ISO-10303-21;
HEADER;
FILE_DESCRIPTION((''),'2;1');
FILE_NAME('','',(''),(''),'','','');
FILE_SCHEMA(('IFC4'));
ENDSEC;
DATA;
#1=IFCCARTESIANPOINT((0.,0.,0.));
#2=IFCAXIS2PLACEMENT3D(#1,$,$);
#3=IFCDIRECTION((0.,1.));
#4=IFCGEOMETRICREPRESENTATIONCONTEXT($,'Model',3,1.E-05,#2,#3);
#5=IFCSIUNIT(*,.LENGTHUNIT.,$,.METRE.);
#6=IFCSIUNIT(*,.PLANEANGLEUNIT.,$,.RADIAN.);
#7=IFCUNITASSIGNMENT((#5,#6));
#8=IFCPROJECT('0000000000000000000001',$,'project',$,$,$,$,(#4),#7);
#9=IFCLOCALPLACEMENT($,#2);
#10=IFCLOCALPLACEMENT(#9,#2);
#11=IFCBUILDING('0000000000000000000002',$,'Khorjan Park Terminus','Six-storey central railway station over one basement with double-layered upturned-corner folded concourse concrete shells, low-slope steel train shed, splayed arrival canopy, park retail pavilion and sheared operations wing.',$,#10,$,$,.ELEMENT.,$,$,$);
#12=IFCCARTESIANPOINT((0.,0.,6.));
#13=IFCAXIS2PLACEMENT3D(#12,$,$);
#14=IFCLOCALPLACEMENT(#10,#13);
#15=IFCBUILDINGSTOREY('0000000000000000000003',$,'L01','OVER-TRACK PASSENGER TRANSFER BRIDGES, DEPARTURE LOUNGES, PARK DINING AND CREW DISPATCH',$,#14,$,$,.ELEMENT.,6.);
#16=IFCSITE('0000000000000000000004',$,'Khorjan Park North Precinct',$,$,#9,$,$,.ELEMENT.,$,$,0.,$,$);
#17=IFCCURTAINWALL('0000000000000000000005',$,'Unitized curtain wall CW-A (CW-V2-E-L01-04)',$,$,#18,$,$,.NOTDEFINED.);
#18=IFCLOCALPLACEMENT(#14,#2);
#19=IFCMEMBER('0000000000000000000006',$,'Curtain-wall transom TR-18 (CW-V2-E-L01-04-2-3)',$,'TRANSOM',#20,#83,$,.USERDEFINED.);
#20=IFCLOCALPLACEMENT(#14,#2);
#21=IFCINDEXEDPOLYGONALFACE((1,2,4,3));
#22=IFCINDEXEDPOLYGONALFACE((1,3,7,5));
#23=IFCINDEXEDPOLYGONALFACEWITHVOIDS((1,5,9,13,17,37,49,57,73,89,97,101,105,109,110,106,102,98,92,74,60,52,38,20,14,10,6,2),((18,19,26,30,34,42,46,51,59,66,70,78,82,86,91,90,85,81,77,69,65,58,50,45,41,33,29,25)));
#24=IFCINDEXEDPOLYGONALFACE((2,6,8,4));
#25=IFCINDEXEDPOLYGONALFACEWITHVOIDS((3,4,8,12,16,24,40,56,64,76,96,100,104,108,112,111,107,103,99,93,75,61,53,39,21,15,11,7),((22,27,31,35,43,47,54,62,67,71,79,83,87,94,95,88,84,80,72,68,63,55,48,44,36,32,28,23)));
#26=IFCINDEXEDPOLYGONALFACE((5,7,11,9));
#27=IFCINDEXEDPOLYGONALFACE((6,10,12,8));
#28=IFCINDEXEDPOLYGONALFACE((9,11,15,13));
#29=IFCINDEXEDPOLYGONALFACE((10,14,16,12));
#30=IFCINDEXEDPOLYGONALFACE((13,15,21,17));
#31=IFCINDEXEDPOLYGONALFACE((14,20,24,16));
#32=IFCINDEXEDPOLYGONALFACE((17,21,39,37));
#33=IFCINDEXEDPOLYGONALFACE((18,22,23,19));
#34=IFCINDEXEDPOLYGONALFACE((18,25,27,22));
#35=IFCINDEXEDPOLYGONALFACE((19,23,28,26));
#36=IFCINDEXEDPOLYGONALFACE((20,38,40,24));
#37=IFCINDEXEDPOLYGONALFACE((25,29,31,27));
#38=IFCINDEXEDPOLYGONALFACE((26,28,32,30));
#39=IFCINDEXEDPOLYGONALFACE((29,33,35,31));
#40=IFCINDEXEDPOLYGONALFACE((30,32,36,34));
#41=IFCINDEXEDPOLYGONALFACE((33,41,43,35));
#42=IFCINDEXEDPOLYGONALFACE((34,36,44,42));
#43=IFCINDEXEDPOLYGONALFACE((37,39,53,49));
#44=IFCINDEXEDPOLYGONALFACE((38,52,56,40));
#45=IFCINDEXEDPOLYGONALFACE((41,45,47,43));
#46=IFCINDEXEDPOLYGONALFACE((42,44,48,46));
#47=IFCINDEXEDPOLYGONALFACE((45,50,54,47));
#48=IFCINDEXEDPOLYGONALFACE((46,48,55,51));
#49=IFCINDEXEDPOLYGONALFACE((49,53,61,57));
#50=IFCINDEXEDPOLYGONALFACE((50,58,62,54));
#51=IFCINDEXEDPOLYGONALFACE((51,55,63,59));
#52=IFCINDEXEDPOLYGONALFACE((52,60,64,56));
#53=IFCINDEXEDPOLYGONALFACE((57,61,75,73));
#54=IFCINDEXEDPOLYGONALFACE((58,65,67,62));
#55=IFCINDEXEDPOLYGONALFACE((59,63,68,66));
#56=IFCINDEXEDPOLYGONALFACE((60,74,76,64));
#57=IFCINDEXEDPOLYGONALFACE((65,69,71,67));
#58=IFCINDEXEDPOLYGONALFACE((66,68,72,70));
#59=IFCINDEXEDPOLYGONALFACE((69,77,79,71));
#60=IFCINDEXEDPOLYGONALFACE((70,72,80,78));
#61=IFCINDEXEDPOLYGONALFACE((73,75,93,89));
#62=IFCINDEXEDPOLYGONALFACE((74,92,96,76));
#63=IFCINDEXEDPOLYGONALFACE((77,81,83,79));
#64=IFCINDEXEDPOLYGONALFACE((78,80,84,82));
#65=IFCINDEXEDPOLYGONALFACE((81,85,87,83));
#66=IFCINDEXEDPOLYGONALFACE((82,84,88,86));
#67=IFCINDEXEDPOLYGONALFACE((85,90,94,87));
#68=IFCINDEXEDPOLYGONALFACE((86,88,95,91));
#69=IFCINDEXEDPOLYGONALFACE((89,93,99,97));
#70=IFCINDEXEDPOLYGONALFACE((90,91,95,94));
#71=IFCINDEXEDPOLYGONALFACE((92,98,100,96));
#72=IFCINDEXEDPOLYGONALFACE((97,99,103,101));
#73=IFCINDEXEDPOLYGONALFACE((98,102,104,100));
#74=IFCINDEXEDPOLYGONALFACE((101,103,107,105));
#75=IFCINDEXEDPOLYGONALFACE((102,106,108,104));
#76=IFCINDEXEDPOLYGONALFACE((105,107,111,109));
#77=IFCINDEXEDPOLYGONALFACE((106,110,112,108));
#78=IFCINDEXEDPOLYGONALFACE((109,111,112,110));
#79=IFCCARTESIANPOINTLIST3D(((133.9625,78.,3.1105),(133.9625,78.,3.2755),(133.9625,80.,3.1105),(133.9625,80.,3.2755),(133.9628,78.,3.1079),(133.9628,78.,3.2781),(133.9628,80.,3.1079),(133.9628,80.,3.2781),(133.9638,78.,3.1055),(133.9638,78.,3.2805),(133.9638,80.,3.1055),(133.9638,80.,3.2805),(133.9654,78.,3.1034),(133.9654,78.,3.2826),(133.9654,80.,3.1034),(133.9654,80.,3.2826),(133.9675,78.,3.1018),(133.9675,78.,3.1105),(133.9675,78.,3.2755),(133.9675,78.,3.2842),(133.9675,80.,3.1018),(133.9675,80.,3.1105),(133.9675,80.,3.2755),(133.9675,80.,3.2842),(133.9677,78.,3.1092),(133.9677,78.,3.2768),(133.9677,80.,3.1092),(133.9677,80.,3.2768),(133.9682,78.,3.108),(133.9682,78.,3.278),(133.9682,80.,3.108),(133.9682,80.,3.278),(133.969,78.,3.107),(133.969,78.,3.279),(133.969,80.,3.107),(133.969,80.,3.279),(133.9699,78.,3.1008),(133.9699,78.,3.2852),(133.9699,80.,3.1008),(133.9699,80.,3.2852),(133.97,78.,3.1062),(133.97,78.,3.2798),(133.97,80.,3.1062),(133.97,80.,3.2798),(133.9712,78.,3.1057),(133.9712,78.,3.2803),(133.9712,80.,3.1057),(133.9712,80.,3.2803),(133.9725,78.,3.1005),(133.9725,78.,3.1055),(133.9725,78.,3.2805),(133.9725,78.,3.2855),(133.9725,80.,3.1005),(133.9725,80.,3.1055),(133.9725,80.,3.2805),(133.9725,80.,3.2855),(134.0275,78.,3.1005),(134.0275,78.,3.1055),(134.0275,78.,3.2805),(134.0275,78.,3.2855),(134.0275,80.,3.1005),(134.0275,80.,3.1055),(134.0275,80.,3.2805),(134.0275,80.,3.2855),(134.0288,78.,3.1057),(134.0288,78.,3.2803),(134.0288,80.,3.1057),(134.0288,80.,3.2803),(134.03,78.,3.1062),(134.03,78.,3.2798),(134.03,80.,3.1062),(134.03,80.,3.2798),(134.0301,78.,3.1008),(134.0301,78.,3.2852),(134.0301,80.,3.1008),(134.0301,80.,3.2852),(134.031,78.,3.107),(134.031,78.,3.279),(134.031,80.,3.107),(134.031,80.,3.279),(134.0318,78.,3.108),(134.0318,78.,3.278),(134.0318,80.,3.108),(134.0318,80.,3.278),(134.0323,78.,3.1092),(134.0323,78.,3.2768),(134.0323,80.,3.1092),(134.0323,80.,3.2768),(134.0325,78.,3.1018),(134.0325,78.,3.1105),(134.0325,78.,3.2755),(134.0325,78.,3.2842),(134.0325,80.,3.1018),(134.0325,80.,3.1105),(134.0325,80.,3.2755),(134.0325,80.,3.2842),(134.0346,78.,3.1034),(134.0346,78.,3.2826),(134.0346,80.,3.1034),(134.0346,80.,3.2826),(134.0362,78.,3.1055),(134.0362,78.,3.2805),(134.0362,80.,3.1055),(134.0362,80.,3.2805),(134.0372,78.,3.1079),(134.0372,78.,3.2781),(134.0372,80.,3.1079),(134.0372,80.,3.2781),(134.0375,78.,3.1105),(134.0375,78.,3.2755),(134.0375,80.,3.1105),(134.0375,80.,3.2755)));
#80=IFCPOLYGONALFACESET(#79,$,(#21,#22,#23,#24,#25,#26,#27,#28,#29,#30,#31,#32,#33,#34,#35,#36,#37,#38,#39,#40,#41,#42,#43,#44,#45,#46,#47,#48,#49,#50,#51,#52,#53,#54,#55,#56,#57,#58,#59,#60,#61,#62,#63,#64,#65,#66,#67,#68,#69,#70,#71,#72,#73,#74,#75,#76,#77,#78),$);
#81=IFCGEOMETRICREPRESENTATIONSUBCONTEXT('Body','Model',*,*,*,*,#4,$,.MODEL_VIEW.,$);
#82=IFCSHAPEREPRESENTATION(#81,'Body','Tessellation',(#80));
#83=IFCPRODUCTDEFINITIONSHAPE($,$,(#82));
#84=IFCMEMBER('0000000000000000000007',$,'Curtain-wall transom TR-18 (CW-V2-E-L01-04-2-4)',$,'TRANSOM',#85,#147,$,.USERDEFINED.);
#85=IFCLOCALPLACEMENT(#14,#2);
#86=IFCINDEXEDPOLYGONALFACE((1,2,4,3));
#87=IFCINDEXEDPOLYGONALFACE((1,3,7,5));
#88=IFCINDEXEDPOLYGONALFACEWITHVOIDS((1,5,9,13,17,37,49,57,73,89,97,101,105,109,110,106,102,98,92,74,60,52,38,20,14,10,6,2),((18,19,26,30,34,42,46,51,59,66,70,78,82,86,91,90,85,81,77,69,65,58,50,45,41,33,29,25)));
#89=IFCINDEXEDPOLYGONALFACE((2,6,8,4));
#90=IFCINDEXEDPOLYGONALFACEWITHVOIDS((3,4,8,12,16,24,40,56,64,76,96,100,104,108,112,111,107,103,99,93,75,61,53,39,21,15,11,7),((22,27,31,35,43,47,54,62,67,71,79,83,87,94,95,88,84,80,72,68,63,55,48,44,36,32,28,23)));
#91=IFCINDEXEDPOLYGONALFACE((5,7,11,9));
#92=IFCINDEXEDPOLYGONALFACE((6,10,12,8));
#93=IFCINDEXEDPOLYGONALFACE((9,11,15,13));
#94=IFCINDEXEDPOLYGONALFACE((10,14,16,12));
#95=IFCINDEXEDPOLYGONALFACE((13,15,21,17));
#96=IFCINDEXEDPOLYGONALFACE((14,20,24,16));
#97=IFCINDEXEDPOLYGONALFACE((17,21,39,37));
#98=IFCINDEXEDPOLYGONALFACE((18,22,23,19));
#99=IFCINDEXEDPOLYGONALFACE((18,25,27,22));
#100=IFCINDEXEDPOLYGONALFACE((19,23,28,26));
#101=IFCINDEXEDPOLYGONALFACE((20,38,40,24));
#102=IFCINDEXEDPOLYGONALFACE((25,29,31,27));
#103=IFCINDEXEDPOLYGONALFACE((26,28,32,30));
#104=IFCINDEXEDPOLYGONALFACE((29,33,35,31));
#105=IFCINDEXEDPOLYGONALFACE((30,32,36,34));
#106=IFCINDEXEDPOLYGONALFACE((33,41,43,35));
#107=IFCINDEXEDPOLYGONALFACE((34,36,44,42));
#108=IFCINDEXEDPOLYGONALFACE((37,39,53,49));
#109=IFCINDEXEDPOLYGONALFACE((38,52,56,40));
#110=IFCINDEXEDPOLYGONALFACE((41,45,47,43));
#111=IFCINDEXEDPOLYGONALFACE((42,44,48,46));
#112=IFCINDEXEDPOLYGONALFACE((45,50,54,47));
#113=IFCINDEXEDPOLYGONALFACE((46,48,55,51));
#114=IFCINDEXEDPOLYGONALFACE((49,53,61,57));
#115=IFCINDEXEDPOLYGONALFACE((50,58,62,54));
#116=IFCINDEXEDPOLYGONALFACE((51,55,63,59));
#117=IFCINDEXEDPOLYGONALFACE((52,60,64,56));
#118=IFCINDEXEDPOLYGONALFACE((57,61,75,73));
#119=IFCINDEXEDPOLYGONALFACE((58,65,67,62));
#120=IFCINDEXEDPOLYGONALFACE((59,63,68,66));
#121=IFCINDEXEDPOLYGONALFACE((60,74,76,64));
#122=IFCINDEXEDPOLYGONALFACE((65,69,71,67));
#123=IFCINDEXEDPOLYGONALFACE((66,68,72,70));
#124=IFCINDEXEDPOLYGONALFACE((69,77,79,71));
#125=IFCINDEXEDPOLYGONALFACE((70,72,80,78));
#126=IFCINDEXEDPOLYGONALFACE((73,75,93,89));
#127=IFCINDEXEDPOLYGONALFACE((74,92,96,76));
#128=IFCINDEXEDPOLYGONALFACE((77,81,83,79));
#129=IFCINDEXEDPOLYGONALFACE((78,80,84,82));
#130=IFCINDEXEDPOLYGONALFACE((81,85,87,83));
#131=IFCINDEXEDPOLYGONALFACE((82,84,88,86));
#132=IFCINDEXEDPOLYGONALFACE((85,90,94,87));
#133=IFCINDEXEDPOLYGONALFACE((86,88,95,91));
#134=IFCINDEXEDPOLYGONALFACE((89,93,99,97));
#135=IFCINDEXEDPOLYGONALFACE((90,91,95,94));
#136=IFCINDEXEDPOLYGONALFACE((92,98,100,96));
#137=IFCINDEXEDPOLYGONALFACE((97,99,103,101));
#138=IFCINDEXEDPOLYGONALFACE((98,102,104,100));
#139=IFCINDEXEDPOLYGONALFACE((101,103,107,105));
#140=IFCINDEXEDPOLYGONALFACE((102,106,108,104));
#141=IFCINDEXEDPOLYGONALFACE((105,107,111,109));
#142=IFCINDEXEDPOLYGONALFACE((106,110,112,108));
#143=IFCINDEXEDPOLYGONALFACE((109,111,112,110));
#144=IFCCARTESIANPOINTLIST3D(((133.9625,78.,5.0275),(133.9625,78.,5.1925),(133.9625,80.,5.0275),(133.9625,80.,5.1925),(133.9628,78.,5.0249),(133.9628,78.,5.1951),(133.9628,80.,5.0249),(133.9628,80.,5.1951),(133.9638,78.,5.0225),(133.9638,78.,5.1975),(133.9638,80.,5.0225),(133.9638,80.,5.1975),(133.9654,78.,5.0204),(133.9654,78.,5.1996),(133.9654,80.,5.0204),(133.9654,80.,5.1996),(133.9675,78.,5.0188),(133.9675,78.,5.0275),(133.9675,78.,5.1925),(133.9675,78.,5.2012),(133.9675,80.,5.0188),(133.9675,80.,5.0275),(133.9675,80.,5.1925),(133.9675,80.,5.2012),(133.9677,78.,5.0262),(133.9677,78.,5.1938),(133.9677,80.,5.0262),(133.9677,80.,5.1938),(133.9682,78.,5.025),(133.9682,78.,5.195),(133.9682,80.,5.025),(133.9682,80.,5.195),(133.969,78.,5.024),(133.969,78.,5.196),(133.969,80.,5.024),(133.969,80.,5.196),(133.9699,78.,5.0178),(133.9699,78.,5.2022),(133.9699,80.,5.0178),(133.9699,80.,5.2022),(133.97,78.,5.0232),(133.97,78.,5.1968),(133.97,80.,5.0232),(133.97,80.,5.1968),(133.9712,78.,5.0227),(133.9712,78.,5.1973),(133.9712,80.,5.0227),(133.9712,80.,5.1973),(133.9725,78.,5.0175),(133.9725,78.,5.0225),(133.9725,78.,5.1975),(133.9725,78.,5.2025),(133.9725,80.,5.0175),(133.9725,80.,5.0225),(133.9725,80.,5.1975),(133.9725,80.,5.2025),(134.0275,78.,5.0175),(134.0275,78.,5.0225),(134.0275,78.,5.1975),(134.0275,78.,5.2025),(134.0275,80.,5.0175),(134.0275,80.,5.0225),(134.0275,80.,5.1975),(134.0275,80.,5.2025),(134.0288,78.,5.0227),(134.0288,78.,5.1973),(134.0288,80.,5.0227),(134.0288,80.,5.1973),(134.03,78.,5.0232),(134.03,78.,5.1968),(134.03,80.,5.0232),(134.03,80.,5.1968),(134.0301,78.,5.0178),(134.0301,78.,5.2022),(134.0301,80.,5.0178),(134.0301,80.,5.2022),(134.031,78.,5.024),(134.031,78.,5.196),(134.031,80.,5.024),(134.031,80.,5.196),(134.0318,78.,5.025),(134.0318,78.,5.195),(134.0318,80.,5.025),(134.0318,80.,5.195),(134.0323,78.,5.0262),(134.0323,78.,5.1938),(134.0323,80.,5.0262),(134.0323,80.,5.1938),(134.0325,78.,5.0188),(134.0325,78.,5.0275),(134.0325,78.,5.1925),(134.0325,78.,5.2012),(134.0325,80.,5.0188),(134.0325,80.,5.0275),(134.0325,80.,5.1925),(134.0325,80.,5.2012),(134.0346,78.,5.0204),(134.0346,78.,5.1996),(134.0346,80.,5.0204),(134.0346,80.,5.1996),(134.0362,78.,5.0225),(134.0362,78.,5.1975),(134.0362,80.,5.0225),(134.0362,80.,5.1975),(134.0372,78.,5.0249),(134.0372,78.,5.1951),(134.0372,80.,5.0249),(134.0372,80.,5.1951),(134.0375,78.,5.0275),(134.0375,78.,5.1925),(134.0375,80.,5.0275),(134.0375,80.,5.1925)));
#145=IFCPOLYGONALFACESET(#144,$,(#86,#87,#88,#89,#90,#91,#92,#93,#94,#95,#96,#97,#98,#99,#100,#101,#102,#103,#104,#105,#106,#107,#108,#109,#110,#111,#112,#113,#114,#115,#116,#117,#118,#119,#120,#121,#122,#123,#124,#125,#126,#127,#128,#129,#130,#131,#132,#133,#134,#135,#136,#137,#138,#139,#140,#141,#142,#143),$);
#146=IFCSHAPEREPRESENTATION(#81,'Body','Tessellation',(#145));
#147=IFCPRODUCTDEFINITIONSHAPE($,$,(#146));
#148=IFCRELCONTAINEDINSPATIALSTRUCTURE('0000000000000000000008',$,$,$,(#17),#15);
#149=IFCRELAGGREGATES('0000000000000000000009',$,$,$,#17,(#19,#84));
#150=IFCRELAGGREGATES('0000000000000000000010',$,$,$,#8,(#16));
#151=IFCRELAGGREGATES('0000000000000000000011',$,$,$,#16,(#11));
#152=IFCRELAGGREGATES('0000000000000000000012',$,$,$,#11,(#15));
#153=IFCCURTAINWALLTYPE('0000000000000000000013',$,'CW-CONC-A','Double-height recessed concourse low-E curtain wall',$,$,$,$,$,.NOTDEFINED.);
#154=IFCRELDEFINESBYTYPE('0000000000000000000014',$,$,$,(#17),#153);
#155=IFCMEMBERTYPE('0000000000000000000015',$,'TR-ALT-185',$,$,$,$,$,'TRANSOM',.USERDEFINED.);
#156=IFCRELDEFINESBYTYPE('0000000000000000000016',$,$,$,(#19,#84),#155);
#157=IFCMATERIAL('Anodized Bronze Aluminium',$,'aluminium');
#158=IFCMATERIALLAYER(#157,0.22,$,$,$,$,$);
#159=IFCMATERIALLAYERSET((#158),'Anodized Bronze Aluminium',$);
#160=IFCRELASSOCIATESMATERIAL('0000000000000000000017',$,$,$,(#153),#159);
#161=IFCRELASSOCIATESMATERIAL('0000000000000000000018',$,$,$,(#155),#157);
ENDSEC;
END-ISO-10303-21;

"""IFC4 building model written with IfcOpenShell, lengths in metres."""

from ifc_helpers import new_model, si_unit, direction, frame, origin, origin_2d, place, context, subcontext, project, spatial, hollow_rectangle, extrude, material, layer, layer_set, material_profile, profile_set, type_object, element, aggregate, save


model = new_model("IFC4")

# Units and contexts
model_context = context("Model", 3, precision=1e-05, world=origin(), true_north=direction((0.0, 1.0)))
body_context = subcontext(model_context, "Body", "Model", "MODEL_VIEW")
ifc_project = project(units=[si_unit("LENGTHUNIT", "METRE"), si_unit("PLANEANGLEUNIT", "RADIAN")], contexts=[model_context])

# Site, building, storey
site_placement = place(None, origin())
site = spatial("IfcSite", under=ifc_project, at=site_placement, Name="Khorjan Park North Precinct", CompositionType="ELEMENT", RefElevation=0.0)
building_placement = place(site_placement, origin())
building = spatial("IfcBuilding", under=site, at=building_placement, Name="Khorjan Park Terminus", Description="Six-storey central railway station over one basement with double-layered upturned-corner folded concourse concrete shells, low-slope steel train shed, splayed arrival canopy, park retail pavilion and sheared operations wing.", CompositionType="ELEMENT")
storey_placement = place(building_placement, frame((0.0, 0.0, 6.0)))
storey = spatial("IfcBuildingStorey", under=building, at=storey_placement, Name="L01", Description="OVER-TRACK PASSENGER TRANSFER BRIDGES, DEPARTURE LOUNGES, PARK DINING AND CREW DISPATCH", CompositionType="ELEMENT", Elevation=6.0)

# Shared definitions
ifc_material_1 = material(Name="Anodized Bronze Aluminium", Category="aluminium")

# Curtain wall
ifc_layer_1 = layer(ifc_material_1, 0.22)
ifc_layer_set_1 = layer_set([ifc_layer_1], Name="Anodized Bronze Aluminium")
curtain_wall_type_1 = type_object("IfcCurtainWallType", Name="CW-CONC-A", Description="Double-height recessed concourse low-E curtain wall", PredefinedType="NOTDEFINED", material=ifc_layer_set_1)
curtain_wall_1_placement = place(storey_placement, origin())
curtain_wall_1 = element("IfcCurtainWall", 1, at=curtain_wall_1_placement, inside=storey, type_object=curtain_wall_type_1, Name="Unitized curtain wall CW-A (CW-V2-E-L01-04)", PredefinedType="NOTDEFINED")

# Members
ifc_material_profile_1 = material_profile(ifc_material_1, hollow_rectangle(XDim=0.075, YDim=0.185, WallThickness=0.005, InnerFilletRadius=0.005, OuterFilletRadius=0.01, at=origin_2d()), Name="ALT 75x185x5")
ifc_profile_set_1 = profile_set([ifc_material_profile_1], Name="Anodized Bronze Aluminium")
member_type_1 = type_object("IfcMemberType", Name="TR-ALT-185", ElementType="TRANSOM", PredefinedType="USERDEFINED", material=ifc_profile_set_1)
member_1_placement = place(storey_placement, frame((134.0, 78.0, 3.193), z_axis=(0.0, 1.0, 0.0), x_axis=(-1.0, 0.0, 0.0)))
member_1 = element("IfcMember", 2, at=member_1_placement, type_object=member_type_1, Name="Curtain-wall transom TR-18 (CW-V2-E-L01-04-2-3)", ObjectType="TRANSOM", PredefinedType="USERDEFINED", context=body_context, shape_type="SweptSolid", body=[
    extrude(hollow_rectangle(XDim=0.075, YDim=0.185, WallThickness=0.005, InnerFilletRadius=0.005, OuterFilletRadius=0.01, at=origin_2d()), origin(), (0.0, 0.0, 1.0), 2.0),
])
member_2_placement = place(storey_placement, frame((134.0, 78.0, 5.11), z_axis=(0.0, 1.0, 0.0), x_axis=(-1.0, 0.0, 0.0)))
member_2 = element("IfcMember", 3, at=member_2_placement, type_object=member_type_1, Name="Curtain-wall transom TR-18 (CW-V2-E-L01-04-2-4)", ObjectType="TRANSOM", PredefinedType="USERDEFINED", context=body_context, shape_type="SweptSolid", body=[
    extrude(hollow_rectangle(XDim=0.075, YDim=0.185, WallThickness=0.005, InnerFilletRadius=0.005, OuterFilletRadius=0.01, at=origin_2d()), origin(), (0.0, 0.0, 1.0), 2.0),
])

aggregate(curtain_wall_1, [member_1, member_2])

save(model, "model.ifc")
